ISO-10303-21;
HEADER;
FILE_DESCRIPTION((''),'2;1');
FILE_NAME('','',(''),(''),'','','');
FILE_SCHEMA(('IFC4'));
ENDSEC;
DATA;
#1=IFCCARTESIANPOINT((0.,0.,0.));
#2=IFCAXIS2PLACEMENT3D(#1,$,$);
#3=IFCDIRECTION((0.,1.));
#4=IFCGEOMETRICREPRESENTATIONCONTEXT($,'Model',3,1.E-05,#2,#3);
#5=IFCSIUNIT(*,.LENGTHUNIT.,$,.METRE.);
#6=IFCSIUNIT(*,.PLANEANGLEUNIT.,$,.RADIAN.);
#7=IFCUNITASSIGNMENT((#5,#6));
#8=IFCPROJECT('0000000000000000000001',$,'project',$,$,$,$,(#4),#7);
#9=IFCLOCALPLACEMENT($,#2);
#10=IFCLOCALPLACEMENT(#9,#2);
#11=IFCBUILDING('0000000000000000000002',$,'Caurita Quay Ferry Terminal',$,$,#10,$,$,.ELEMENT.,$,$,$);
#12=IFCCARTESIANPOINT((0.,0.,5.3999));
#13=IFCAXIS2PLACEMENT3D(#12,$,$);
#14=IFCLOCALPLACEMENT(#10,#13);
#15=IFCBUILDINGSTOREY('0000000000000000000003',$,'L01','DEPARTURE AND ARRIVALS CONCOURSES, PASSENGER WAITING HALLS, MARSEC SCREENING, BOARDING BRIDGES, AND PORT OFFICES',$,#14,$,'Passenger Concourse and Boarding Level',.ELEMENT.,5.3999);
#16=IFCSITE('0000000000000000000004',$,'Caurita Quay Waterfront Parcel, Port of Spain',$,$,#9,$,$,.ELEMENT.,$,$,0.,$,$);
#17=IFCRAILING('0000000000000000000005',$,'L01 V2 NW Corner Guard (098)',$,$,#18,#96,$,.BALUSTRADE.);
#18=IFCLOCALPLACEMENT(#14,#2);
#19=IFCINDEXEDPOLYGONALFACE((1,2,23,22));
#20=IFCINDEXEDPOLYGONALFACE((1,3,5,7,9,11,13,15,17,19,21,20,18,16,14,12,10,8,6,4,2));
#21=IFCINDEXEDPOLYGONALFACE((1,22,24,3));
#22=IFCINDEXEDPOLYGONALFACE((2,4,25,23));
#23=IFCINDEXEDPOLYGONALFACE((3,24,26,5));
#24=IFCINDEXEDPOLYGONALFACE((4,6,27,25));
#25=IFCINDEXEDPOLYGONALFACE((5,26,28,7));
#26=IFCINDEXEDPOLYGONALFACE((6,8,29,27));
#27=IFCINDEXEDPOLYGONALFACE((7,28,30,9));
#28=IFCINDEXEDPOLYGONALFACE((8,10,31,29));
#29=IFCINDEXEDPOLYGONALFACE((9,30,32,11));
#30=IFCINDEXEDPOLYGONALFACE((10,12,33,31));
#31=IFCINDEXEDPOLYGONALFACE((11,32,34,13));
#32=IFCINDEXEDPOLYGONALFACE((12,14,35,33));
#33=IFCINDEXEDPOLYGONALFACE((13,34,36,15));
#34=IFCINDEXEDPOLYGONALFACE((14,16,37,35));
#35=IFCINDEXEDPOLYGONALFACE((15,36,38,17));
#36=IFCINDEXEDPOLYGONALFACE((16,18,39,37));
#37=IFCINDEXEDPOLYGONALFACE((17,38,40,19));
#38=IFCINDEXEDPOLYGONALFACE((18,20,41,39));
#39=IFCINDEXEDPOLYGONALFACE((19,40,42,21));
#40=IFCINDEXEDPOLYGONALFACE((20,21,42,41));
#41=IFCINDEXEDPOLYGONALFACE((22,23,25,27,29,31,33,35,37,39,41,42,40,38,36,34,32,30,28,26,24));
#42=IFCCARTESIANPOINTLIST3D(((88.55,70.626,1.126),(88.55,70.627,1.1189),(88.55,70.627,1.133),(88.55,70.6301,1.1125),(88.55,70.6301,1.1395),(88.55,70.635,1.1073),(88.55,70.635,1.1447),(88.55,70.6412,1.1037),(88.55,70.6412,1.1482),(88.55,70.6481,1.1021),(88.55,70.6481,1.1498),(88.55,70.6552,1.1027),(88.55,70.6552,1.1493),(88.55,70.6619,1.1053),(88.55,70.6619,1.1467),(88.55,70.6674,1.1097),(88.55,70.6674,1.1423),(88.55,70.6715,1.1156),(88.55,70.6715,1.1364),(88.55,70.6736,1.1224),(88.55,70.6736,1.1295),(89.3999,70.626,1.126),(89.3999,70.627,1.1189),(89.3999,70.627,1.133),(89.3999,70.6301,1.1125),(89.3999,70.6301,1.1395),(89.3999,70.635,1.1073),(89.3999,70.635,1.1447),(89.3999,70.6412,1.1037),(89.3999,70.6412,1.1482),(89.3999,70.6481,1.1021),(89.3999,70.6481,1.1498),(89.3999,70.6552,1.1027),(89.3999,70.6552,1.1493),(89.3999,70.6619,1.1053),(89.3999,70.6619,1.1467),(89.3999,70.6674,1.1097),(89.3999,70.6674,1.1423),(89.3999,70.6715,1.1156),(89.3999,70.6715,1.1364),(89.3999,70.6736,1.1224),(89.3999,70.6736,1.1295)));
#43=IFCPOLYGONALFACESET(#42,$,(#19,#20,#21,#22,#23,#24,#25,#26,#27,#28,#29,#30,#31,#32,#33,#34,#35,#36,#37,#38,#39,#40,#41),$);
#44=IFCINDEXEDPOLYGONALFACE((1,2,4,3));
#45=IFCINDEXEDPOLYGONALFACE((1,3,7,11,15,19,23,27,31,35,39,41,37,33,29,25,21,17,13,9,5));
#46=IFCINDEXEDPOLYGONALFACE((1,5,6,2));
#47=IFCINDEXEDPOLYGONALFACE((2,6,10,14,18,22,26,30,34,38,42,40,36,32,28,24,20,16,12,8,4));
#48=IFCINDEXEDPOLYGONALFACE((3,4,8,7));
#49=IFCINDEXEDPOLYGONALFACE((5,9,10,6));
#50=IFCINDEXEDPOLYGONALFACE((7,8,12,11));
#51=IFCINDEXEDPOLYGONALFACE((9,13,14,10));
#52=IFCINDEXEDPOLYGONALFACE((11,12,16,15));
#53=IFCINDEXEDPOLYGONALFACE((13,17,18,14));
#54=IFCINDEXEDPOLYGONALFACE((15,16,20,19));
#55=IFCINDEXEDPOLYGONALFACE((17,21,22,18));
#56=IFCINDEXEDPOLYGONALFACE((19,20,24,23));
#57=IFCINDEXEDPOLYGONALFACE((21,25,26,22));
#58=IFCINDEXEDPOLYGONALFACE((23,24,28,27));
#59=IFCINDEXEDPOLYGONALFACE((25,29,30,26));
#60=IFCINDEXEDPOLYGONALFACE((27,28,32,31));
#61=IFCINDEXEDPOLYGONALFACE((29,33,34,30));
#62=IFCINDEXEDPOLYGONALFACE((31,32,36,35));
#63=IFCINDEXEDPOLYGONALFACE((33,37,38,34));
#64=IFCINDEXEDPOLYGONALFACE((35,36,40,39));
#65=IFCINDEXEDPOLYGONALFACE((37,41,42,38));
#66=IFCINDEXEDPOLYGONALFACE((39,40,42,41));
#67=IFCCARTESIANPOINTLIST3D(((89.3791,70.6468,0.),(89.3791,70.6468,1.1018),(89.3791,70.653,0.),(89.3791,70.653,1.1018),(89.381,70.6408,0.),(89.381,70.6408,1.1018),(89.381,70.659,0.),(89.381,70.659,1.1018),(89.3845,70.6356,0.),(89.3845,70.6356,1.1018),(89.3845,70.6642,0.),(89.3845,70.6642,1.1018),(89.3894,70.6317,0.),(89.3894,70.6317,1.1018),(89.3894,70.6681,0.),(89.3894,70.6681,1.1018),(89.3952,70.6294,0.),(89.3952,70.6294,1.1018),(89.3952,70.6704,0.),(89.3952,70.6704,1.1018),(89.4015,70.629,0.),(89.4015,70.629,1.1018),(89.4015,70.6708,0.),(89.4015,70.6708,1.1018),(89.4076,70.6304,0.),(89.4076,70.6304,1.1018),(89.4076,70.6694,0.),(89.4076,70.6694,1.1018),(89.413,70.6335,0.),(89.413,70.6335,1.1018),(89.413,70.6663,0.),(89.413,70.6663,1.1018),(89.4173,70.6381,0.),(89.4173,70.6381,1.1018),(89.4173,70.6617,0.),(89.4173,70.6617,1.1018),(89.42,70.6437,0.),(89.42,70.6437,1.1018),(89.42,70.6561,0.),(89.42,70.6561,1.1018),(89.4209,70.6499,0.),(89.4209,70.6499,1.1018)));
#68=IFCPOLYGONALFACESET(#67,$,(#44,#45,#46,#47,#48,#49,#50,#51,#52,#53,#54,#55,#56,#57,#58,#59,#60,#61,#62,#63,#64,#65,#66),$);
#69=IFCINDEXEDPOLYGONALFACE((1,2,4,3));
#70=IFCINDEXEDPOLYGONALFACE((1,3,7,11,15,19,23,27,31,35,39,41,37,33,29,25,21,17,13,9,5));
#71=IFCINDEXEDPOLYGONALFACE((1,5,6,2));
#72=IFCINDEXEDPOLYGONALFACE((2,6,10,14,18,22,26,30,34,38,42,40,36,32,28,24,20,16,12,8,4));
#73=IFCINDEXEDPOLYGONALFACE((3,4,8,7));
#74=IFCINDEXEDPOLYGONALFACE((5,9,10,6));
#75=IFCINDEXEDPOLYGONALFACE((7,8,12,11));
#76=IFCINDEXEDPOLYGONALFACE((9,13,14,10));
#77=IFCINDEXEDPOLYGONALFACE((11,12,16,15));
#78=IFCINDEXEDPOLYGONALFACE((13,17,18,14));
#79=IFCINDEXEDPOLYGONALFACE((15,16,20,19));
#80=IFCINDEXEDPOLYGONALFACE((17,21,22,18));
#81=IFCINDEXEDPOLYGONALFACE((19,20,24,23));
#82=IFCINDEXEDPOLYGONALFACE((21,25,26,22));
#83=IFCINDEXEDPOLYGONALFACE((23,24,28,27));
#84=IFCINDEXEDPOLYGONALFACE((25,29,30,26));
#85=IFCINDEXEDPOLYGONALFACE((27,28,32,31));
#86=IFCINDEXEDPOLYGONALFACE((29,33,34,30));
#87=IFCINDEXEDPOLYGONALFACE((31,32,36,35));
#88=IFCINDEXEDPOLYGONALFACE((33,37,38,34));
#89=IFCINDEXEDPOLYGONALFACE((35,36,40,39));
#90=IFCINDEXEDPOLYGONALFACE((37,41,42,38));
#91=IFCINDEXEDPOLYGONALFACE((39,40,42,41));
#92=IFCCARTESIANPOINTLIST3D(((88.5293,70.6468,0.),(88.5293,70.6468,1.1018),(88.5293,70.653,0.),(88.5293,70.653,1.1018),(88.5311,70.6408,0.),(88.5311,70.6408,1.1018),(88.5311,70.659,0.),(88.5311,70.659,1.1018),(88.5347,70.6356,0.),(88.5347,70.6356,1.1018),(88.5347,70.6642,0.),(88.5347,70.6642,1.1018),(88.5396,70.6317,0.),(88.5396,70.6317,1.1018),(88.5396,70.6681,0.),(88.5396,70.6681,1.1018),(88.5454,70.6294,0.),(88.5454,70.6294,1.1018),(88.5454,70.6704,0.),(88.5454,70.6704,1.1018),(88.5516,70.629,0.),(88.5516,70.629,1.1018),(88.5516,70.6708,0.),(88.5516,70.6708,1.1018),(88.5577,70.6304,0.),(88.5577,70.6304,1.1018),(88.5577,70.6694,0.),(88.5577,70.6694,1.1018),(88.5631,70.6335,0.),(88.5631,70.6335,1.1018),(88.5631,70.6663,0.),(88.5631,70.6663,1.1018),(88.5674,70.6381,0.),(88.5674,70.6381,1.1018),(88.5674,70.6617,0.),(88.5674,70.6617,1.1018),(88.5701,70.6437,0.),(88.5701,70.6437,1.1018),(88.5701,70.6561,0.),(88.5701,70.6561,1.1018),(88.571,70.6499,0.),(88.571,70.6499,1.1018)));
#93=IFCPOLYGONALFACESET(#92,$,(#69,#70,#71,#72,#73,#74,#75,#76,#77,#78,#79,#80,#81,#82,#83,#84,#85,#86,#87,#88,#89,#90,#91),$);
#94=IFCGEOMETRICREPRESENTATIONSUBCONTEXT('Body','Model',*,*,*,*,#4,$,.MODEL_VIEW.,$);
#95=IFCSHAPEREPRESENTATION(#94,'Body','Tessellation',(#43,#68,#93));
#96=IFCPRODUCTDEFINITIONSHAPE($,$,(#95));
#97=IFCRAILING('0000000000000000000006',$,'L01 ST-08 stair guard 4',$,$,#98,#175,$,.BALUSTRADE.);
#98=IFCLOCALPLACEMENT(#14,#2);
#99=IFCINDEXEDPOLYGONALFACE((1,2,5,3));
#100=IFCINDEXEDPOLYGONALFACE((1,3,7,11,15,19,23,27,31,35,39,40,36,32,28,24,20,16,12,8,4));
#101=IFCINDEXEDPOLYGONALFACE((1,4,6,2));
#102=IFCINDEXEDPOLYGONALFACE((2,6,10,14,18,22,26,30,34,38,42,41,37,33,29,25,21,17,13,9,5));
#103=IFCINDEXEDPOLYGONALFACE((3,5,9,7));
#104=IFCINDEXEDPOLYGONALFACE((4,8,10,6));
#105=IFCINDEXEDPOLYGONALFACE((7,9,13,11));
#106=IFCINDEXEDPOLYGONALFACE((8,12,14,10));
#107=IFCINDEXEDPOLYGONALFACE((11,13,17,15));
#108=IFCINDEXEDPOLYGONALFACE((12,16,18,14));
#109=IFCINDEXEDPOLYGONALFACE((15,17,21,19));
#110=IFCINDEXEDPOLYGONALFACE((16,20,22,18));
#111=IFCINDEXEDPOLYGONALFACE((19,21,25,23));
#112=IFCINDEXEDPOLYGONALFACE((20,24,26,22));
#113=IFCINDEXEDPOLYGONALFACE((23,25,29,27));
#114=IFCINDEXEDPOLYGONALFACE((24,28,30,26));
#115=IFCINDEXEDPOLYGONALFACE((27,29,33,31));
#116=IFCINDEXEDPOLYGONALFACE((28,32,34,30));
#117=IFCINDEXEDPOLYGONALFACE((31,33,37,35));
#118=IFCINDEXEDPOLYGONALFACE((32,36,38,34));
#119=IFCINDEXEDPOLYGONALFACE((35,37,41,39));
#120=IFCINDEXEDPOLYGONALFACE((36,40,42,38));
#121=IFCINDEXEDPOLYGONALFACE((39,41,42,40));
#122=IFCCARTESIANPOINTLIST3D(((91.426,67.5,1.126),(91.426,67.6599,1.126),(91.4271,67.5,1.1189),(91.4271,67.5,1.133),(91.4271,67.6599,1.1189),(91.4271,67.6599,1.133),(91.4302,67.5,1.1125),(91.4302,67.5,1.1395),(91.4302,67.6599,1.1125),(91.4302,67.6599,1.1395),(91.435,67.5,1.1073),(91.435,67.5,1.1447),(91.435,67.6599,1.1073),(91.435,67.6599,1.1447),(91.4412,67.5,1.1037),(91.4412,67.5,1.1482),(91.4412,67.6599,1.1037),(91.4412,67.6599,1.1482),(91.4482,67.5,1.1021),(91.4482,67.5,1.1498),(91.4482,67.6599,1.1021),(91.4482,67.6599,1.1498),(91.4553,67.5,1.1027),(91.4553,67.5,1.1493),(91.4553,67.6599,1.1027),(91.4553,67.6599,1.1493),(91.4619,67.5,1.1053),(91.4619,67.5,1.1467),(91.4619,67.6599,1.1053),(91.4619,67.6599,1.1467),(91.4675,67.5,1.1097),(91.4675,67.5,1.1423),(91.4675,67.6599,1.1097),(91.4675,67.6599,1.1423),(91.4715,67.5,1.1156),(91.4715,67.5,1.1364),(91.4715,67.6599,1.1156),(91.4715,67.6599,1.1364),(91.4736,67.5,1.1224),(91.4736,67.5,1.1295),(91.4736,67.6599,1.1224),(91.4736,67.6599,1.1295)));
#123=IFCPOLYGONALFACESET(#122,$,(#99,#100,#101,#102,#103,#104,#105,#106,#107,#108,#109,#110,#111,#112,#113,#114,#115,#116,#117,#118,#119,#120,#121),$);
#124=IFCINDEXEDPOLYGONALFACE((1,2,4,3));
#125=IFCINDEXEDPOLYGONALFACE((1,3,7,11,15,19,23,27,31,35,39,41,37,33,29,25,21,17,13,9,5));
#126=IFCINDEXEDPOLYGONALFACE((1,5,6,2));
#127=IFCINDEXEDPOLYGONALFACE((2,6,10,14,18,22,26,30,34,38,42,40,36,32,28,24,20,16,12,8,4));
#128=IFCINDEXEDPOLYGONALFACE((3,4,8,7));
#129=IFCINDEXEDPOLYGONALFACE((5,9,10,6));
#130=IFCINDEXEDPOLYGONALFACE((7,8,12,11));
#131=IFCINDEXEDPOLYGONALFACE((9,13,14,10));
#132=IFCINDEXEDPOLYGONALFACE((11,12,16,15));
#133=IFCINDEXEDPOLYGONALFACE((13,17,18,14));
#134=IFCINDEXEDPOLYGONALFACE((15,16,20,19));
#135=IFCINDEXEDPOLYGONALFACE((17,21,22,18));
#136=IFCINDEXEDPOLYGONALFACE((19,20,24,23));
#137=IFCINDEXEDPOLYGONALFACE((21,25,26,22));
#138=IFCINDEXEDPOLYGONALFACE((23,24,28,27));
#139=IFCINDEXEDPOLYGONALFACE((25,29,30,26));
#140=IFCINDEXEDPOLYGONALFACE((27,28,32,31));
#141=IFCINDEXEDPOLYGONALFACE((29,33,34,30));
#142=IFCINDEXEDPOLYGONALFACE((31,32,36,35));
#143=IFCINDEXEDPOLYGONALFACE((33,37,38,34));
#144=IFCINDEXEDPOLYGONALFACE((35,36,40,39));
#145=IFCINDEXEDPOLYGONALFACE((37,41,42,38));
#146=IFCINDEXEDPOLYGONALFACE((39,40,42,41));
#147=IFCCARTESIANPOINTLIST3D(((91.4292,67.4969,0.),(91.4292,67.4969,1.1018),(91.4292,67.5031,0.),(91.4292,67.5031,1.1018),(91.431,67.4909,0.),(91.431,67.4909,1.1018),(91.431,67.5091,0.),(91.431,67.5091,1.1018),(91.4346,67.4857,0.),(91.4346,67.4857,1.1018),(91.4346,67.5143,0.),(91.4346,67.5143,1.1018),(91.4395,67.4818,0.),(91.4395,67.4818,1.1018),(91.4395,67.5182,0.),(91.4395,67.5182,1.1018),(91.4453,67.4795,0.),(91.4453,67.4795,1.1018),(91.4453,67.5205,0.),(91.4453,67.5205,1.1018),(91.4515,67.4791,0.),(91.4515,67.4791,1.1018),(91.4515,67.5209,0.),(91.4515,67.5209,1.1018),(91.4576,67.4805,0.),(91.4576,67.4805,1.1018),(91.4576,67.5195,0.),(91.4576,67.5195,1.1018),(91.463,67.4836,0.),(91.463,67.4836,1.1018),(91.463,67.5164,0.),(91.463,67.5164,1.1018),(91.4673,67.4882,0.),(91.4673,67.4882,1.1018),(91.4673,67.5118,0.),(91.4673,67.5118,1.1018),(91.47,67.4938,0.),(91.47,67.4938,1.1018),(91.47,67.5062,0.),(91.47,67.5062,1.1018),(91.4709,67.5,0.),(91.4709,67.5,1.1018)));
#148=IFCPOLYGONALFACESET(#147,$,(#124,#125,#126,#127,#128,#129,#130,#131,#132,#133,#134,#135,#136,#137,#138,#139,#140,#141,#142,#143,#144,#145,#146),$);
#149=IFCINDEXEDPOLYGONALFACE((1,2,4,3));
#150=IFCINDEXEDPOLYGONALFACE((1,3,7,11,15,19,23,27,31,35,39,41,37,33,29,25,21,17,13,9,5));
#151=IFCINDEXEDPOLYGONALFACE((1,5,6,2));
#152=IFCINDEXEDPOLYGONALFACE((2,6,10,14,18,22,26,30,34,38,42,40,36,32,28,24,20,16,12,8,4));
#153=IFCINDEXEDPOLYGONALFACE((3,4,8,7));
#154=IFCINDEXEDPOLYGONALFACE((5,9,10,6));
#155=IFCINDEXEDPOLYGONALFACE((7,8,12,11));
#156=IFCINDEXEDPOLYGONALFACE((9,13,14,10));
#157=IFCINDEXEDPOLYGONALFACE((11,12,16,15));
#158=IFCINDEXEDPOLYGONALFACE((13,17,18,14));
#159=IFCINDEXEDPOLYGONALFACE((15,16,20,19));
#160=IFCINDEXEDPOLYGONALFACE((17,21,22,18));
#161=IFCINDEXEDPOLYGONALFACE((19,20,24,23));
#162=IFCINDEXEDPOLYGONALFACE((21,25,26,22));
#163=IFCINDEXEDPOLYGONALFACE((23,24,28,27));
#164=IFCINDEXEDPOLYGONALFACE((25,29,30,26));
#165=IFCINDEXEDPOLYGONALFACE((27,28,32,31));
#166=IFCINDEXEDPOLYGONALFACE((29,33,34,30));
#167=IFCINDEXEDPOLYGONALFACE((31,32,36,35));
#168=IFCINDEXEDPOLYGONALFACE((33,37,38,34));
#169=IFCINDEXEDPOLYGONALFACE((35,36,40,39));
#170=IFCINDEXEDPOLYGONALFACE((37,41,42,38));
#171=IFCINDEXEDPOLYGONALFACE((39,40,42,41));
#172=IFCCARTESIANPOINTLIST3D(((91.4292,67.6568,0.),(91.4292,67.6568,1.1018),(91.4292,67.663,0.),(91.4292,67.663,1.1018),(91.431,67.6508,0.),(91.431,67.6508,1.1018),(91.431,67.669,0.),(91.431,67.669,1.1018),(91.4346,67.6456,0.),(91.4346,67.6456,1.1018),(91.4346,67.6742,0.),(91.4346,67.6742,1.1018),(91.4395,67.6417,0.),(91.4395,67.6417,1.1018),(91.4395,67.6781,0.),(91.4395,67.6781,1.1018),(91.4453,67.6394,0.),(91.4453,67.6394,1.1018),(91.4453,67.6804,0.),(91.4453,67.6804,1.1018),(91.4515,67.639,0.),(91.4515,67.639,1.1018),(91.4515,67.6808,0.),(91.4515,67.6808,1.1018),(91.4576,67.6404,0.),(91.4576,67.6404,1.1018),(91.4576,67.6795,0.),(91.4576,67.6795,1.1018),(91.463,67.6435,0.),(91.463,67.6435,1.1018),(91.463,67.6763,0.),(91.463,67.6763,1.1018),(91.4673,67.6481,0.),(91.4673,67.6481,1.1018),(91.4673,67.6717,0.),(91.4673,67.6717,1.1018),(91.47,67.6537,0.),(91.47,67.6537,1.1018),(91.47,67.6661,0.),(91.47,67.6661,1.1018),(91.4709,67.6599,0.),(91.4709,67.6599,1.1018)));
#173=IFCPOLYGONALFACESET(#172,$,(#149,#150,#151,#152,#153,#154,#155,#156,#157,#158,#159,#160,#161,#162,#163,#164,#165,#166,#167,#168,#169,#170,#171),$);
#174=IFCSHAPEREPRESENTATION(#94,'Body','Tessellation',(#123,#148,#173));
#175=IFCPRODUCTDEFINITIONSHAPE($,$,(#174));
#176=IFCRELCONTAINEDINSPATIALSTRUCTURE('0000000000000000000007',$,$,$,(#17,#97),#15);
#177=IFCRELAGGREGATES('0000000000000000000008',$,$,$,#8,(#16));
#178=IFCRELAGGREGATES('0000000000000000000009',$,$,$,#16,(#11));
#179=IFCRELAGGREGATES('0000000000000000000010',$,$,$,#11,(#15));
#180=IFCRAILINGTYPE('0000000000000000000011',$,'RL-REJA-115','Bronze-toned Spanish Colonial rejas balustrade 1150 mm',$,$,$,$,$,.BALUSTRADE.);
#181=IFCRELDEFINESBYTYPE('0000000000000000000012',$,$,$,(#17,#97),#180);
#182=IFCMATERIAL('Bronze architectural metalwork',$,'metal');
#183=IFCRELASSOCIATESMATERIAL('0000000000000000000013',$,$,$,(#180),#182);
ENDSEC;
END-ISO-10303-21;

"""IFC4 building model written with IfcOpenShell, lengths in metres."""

from ifc_helpers import new_model, si_unit, direction, frame, origin, origin_2d, place, context, subcontext, project, spatial, circle, extrude, material, type_object, element, save


model = new_model("IFC4")

# Units and contexts
model_context = context("Model", 3, precision=1e-05, world=origin(), true_north=direction((0.0, 1.0)))
body_context = subcontext(model_context, "Body", "Model", "MODEL_VIEW")
ifc_project = project(units=[si_unit("LENGTHUNIT", "METRE"), si_unit("PLANEANGLEUNIT", "RADIAN")], contexts=[model_context])

# Site, building, storey
site_placement = place(None, origin())
site = spatial("IfcSite", under=ifc_project, at=site_placement, Name="Caurita Quay Waterfront Parcel, Port of Spain", CompositionType="ELEMENT", RefElevation=0.0)
building_placement = place(site_placement, origin())
building = spatial("IfcBuilding", under=site, at=building_placement, Name="Caurita Quay Ferry Terminal", CompositionType="ELEMENT")
storey_placement = place(building_placement, frame((0.0, 0.0, 5.3999)))
storey = spatial("IfcBuildingStorey", under=building, at=storey_placement, Name="L01", Description="DEPARTURE AND ARRIVALS CONCOURSES, PASSENGER WAITING HALLS, MARSEC SCREENING, BOARDING BRIDGES, AND PORT OFFICES", LongName="Passenger Concourse and Boarding Level", CompositionType="ELEMENT", Elevation=5.3999)

# Railings
ifc_material_1 = material(Name="Bronze architectural metalwork", Category="metal")
railing_type_1 = type_object("IfcRailingType", Name="RL-REJA-115", Description="Bronze-toned Spanish Colonial rejas balustrade 1150 mm", PredefinedType="BALUSTRADE", material=ifc_material_1)
railing_1_placement = place(storey_placement, frame((89.3999, 70.6499, 0.0)))
element("IfcRailing", 1, at=railing_1_placement, inside=storey, type_object=railing_type_1, Name="L01 V2 NW Corner Guard (098)", PredefinedType="BALUSTRADE", context=body_context, shape_type="SweptSolid", body=[
    extrude(circle(Radius=0.0239, at=origin_2d()), frame((0.0, 0.0, 1.126), z_axis=(-1.0, 0.0, 0.0), x_axis=(0.0, -1.0, 0.0)), (0.0, 0.0, 1.0), 0.8499),
    extrude(circle(Radius=0.021, at=origin_2d()), origin(), (0.0, 0.0, 1.0), 1.1018),
    extrude(circle(Radius=0.021, at=origin_2d()), frame((-0.8499, 0.0, 0.0)), (0.0, 0.0, 1.0), 1.1018),
])
railing_2_placement = place(storey_placement, frame((91.45, 67.5, 0.0)))
element("IfcRailing", 2, at=railing_2_placement, inside=storey, type_object=railing_type_1, Name="L01 ST-08 stair guard 4", PredefinedType="BALUSTRADE", context=body_context, shape_type="SweptSolid", body=[
    extrude(circle(Radius=0.0239, at=origin_2d()), frame((0.0, 0.0, 1.126), z_axis=(0.0, 1.0, 0.0), x_axis=(-1.0, 0.0, 0.0)), (0.0, 0.0, 1.0), 0.1599),
    extrude(circle(Radius=0.021, at=origin_2d()), origin(), (0.0, 0.0, 1.0), 1.1018),
    extrude(circle(Radius=0.021, at=origin_2d()), frame((0.0, 0.1599, 0.0)), (0.0, 0.0, 1.0), 1.1018),
])

save(model, "model.ifc")
